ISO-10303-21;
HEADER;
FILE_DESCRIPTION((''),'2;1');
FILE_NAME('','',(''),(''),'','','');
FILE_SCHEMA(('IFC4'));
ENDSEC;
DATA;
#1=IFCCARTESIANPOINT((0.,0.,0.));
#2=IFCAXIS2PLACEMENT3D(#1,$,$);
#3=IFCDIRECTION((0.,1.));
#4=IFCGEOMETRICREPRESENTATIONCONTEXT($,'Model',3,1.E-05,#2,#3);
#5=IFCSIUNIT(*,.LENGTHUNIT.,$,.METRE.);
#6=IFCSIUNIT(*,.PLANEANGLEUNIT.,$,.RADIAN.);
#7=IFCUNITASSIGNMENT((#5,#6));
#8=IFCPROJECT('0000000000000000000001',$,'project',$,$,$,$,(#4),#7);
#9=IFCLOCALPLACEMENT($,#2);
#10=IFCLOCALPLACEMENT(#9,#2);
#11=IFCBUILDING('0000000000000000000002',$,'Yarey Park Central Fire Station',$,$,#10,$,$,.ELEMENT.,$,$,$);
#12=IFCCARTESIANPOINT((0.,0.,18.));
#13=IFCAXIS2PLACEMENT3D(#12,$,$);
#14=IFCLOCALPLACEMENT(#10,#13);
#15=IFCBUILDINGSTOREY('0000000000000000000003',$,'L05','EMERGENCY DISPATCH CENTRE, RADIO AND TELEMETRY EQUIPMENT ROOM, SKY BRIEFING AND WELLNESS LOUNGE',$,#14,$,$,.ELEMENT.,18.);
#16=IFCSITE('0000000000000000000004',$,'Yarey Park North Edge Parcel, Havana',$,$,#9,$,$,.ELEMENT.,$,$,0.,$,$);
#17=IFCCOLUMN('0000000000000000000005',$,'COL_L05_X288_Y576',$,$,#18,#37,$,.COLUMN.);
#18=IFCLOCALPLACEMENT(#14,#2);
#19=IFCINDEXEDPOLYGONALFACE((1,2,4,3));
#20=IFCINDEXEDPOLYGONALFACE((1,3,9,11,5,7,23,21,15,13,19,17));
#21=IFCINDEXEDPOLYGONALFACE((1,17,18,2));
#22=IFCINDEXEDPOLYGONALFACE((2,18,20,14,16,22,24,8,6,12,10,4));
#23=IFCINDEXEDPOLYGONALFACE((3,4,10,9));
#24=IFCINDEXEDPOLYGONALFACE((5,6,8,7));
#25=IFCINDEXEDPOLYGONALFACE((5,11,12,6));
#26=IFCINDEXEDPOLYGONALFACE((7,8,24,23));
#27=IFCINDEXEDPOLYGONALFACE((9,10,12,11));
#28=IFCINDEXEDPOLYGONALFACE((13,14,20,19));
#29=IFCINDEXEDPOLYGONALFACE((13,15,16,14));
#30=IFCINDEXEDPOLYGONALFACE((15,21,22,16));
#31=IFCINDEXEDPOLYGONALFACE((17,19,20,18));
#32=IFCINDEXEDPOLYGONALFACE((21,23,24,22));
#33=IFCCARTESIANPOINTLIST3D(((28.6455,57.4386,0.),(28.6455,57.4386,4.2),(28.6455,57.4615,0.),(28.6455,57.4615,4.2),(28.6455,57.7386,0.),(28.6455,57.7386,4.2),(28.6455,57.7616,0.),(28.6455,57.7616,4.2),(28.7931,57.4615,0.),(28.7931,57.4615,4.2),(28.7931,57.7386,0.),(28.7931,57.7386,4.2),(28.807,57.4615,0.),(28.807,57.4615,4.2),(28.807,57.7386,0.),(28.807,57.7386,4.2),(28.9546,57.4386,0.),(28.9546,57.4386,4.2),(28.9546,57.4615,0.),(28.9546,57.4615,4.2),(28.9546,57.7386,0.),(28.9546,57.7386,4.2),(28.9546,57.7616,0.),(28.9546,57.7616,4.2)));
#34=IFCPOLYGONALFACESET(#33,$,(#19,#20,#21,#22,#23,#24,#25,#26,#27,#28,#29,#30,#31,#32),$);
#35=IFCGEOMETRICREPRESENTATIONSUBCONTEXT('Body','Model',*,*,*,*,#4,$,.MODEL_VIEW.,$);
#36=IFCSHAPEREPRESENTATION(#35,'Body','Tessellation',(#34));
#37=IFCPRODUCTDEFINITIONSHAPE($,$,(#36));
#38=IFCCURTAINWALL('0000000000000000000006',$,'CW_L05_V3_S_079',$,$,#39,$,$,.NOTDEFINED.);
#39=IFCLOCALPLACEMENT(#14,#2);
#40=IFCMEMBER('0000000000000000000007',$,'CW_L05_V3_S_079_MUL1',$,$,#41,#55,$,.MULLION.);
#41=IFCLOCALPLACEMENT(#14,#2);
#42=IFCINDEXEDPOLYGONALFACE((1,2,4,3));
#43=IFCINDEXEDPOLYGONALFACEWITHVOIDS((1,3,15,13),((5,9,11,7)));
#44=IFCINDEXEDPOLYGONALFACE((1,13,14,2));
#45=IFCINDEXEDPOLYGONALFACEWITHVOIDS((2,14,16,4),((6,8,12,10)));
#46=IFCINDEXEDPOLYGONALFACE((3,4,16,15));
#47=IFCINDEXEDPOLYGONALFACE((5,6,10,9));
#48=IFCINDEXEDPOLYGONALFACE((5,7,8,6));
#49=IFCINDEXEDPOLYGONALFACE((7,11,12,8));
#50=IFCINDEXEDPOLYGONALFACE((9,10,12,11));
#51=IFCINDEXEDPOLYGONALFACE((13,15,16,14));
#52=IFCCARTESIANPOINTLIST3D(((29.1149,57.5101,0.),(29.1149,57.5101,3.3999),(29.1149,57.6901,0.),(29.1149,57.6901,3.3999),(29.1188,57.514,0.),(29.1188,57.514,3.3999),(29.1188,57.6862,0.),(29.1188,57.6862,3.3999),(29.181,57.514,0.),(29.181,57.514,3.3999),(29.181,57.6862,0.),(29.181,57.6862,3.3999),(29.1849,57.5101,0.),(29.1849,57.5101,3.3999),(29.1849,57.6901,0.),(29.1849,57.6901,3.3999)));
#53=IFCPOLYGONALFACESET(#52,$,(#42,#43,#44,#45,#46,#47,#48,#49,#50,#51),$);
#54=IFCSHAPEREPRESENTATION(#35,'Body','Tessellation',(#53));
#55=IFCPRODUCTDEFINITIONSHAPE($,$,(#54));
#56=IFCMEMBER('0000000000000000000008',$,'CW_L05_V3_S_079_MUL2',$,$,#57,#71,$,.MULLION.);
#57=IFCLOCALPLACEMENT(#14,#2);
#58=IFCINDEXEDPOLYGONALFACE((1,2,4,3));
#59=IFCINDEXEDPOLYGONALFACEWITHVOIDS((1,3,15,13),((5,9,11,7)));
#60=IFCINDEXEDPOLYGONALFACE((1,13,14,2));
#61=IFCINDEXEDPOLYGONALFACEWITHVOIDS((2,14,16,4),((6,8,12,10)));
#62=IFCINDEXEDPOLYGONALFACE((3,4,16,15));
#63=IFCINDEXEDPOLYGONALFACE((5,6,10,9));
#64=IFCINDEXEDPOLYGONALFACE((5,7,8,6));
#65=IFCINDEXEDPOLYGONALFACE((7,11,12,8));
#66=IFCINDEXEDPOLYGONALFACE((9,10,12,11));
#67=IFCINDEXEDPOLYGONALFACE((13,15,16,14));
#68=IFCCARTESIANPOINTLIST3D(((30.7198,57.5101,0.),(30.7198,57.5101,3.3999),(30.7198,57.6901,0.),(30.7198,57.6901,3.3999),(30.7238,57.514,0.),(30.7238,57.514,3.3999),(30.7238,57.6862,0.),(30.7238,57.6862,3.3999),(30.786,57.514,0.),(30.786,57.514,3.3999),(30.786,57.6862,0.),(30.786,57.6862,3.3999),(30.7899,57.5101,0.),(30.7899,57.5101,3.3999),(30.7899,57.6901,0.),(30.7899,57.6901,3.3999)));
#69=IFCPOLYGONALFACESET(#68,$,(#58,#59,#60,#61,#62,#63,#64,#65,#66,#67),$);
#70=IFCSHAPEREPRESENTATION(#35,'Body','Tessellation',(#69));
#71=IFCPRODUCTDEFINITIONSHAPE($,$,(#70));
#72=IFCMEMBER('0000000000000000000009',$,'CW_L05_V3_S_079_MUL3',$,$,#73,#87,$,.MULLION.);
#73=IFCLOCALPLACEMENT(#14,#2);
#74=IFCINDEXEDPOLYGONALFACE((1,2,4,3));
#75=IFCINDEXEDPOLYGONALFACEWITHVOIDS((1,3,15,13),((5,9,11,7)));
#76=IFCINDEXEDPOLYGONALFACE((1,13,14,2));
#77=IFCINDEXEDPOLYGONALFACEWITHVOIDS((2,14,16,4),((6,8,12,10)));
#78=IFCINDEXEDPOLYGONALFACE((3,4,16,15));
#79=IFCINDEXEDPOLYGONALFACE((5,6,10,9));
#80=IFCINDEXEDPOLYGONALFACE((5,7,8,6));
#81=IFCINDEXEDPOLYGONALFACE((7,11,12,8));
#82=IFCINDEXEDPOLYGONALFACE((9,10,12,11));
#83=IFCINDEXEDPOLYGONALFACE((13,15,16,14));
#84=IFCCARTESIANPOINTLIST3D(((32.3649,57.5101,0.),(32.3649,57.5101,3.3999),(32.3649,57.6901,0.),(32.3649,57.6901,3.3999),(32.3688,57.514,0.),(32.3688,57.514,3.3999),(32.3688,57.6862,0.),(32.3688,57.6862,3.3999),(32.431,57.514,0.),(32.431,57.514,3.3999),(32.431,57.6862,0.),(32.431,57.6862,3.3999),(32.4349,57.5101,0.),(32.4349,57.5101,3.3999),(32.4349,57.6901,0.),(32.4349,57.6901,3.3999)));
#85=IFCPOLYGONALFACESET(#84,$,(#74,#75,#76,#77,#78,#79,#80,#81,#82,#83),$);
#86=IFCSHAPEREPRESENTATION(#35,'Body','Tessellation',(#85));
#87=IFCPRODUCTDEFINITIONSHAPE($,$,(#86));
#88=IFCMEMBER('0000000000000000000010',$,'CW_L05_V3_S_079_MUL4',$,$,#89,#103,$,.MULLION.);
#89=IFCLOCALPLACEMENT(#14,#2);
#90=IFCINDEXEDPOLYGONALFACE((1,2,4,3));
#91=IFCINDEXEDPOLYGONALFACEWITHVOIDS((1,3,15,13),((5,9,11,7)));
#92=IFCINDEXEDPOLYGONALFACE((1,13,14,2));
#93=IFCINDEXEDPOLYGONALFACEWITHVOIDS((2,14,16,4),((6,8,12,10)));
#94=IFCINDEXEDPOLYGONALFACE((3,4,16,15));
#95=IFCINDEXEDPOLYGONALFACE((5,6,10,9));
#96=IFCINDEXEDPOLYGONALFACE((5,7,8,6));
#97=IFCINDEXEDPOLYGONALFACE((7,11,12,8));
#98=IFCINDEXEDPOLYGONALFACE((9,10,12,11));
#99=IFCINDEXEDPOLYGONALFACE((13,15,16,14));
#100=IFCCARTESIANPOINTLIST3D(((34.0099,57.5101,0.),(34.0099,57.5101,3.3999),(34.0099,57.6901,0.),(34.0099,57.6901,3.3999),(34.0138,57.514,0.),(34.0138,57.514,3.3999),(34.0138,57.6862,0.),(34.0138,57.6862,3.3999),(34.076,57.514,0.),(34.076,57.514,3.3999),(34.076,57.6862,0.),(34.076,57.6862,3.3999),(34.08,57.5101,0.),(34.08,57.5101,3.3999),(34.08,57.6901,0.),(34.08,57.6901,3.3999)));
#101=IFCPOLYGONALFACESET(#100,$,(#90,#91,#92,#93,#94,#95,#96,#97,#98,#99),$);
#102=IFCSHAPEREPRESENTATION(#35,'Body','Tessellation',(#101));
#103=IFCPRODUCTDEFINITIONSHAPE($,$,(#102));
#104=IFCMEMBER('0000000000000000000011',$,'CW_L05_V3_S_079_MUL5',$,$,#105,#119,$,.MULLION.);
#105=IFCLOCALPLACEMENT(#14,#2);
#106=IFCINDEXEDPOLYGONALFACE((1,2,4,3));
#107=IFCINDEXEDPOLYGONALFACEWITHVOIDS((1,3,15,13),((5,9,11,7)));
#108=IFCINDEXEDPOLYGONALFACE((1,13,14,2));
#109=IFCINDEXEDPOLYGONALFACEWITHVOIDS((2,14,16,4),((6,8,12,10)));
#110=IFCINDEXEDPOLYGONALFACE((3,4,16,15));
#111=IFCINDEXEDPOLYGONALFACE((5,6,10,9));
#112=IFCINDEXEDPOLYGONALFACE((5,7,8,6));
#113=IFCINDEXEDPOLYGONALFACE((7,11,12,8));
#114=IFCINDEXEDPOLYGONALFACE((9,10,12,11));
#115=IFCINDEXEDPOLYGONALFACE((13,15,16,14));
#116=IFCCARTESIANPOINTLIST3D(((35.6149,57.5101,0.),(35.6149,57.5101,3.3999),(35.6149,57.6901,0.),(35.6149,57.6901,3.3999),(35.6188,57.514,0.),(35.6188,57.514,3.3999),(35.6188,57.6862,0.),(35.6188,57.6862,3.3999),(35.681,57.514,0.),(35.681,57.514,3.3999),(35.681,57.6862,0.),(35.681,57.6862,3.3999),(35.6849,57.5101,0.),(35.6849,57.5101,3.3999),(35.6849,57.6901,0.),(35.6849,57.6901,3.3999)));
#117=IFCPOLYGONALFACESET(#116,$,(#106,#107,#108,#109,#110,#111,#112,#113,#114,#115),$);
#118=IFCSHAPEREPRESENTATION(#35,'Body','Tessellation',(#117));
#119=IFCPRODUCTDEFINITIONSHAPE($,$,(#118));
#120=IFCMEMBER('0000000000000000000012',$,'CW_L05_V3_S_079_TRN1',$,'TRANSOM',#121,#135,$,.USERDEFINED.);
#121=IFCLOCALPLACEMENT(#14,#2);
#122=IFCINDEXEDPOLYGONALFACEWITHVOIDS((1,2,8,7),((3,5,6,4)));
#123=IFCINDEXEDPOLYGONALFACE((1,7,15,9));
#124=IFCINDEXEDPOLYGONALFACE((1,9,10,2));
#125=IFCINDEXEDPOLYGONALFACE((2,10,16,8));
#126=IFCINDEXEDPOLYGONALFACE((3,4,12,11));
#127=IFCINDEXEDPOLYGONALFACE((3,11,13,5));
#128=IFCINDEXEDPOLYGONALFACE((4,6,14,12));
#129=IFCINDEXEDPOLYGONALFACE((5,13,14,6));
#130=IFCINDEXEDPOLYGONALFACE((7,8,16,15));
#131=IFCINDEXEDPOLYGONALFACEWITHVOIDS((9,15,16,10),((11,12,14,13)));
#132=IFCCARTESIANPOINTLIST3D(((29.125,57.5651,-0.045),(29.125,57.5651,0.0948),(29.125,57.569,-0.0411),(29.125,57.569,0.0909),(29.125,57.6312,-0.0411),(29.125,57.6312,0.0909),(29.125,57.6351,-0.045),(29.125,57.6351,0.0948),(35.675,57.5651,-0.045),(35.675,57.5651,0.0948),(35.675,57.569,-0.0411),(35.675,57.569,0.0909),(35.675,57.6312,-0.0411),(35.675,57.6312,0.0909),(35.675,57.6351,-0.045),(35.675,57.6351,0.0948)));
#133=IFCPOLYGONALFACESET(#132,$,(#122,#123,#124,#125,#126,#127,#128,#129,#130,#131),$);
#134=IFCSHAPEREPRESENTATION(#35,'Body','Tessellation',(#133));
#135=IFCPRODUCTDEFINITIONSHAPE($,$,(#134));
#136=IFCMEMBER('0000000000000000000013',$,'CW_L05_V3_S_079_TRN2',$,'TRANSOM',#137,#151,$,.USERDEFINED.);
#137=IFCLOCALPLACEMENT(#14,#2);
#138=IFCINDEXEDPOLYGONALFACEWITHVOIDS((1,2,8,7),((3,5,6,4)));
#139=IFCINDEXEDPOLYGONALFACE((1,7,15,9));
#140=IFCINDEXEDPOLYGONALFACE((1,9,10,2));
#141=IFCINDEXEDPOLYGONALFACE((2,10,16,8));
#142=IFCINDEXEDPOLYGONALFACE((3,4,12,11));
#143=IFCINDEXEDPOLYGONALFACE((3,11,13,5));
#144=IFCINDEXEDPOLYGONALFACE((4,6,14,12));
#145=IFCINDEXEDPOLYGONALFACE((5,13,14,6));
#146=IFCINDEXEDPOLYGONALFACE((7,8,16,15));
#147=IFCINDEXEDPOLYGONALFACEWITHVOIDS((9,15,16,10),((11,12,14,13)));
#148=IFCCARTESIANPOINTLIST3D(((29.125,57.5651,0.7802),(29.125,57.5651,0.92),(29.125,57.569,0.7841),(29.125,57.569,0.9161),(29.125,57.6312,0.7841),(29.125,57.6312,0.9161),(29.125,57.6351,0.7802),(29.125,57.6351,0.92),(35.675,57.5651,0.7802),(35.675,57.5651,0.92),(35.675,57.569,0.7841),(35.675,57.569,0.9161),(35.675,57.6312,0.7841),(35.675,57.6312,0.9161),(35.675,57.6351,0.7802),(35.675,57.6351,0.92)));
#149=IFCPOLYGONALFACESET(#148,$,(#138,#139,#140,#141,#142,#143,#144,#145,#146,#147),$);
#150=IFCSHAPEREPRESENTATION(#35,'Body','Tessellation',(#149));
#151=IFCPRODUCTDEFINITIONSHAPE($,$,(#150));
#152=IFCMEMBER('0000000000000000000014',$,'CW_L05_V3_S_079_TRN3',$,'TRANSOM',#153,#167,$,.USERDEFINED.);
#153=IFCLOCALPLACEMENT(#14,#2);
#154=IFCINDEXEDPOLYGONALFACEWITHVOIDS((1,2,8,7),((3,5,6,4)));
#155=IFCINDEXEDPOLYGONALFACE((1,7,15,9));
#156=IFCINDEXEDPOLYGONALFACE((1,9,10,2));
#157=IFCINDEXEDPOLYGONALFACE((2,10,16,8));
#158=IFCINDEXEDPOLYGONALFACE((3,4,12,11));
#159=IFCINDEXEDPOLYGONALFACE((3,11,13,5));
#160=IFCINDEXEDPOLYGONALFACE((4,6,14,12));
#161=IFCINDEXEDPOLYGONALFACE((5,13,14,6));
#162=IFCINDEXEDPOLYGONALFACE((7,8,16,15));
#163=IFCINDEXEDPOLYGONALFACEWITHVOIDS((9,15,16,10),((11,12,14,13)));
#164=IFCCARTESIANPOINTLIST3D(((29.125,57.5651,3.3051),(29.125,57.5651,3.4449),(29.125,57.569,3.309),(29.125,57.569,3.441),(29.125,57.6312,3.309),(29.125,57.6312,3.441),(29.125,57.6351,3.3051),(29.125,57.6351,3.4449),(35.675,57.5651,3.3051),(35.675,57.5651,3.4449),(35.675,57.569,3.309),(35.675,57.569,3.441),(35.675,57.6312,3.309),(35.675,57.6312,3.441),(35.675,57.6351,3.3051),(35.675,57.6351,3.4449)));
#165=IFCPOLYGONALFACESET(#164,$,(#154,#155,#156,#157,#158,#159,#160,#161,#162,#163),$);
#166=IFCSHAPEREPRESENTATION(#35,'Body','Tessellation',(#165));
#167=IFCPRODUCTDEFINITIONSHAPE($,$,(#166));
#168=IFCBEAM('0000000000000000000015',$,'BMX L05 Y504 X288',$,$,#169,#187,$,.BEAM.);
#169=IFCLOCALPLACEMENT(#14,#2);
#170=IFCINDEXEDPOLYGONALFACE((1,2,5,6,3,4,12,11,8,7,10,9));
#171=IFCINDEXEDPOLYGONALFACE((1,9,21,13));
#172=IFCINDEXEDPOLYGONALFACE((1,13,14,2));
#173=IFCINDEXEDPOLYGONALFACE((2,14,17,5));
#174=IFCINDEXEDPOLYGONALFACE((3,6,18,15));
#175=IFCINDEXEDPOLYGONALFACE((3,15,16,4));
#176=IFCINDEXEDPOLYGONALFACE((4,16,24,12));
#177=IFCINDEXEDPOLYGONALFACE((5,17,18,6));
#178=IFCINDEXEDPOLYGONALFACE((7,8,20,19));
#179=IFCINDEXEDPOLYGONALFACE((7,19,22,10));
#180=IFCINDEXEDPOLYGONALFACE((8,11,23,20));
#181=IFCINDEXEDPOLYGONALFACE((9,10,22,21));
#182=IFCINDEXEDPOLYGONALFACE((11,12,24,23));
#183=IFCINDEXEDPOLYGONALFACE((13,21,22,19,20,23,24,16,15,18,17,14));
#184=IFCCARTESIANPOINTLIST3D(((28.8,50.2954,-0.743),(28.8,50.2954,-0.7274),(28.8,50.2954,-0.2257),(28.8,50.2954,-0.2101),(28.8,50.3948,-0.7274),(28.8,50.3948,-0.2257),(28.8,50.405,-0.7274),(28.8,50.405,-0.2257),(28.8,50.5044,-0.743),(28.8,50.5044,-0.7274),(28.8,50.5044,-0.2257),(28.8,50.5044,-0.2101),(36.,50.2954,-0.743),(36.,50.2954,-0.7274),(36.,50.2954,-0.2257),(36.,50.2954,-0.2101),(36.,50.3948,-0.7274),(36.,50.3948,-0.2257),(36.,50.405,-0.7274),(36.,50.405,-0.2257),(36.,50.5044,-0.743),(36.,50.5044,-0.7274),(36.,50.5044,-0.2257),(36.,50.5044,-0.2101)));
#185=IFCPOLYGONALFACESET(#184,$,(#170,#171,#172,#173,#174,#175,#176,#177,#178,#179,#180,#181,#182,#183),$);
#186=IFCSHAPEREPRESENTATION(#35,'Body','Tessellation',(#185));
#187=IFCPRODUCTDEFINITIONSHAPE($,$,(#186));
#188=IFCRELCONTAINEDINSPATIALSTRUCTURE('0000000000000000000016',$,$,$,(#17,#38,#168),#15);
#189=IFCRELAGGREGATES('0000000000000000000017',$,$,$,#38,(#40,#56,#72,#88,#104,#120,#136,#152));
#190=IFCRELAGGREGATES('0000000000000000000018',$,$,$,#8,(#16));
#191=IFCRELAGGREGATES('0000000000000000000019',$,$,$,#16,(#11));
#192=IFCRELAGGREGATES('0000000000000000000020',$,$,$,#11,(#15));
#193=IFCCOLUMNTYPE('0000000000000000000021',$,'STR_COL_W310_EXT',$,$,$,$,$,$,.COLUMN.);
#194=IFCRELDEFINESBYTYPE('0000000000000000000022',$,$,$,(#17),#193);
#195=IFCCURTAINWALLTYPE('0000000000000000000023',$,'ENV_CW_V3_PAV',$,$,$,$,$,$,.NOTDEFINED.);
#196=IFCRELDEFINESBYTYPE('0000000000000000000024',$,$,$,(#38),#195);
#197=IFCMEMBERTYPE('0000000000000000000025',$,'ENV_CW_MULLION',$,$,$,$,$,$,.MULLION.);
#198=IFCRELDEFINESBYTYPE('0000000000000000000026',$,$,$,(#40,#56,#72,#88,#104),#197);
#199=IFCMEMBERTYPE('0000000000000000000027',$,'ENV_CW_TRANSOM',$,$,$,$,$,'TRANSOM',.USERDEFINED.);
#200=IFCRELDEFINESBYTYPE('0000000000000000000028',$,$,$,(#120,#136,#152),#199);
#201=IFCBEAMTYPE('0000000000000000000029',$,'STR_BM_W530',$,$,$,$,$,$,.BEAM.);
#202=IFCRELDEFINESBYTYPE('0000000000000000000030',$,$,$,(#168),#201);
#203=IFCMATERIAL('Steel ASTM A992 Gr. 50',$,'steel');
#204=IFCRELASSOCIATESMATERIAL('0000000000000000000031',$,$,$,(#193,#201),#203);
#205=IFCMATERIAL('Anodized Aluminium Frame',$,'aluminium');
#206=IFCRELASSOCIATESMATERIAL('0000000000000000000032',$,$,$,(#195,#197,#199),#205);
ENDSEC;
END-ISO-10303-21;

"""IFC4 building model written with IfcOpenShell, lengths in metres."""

from ifc_helpers import new_model, si_unit, direction, frame, origin, origin_2d, place, context, subcontext, project, spatial, hollow_rectangle, i_section, extrude, material, material_profile, profile_set, type_object, element, aggregate, save


model = new_model("IFC4")

# Units and contexts
model_context = context("Model", 3, precision=1e-05, world=origin(), true_north=direction((0.0, 1.0)))
body_context = subcontext(model_context, "Body", "Model", "MODEL_VIEW")
ifc_project = project(units=[si_unit("LENGTHUNIT", "METRE"), si_unit("PLANEANGLEUNIT", "RADIAN")], contexts=[model_context])

# Site, building, storey
site_placement = place(None, origin())
site = spatial("IfcSite", under=ifc_project, at=site_placement, Name="Yarey Park North Edge Parcel, Havana", CompositionType="ELEMENT", RefElevation=0.0)
building_placement = place(site_placement, origin())
building = spatial("IfcBuilding", under=site, at=building_placement, Name="Yarey Park Central Fire Station", CompositionType="ELEMENT")
storey_placement = place(building_placement, frame((0.0, 0.0, 18.0)))
storey = spatial("IfcBuildingStorey", under=building, at=storey_placement, Name="L05", Description="EMERGENCY DISPATCH CENTRE, RADIO AND TELEMETRY EQUIPMENT ROOM, SKY BRIEFING AND WELLNESS LOUNGE", CompositionType="ELEMENT", Elevation=18.0)

# Column
ifc_material_1 = material(Name="Steel ASTM A992 Gr. 50", Category="steel")
ifc_material_profile_1 = material_profile(ifc_material_1, i_section(OverallWidth=0.3091, OverallDepth=0.323, WebThickness=0.0139, FlangeThickness=0.0229, at=origin_2d()), Name="W310x143")
ifc_profile_set_1 = profile_set([ifc_material_profile_1], Name="Steel ASTM A992 Gr. 50")
column_type = type_object("IfcColumnType", Name="STR_COL_W310_EXT", PredefinedType="COLUMN", material=ifc_profile_set_1)
column_placement = place(storey_placement, frame((28.8, 57.6001, 0.0), z_axis=(0.0, 0.0, 1.0), x_axis=(1.0, 0.0, 0.0)))
element("IfcColumn", 1, at=column_placement, inside=storey, type_object=column_type, Name="COL_L05_X288_Y576", PredefinedType="COLUMN", context=body_context, shape_type="SweptSolid", body=[
    extrude(i_section(OverallWidth=0.3091, OverallDepth=0.323, WebThickness=0.0139, FlangeThickness=0.0229, at=origin_2d()), origin(), (0.0, 0.0, 1.0), 4.2),
])

# Curtain wall, members
ifc_material_2 = material(Name="Anodized Aluminium Frame", Category="aluminium")
curtain_wall_type = type_object("IfcCurtainWallType", Name="ENV_CW_V3_PAV", PredefinedType="NOTDEFINED", material=ifc_material_2)
curtain_wall_placement = place(storey_placement, origin())
curtain_wall = element("IfcCurtainWall", 2, at=curtain_wall_placement, inside=storey, type_object=curtain_wall_type, Name="CW_L05_V3_S_079", PredefinedType="NOTDEFINED")
ifc_material_profile_2 = material_profile(ifc_material_2, hollow_rectangle(XDim=0.0701, YDim=0.1799, WallThickness=0.0039, at=origin_2d()), Name="ALU 180x70x4")
ifc_profile_set_2 = profile_set([ifc_material_profile_2], Name="Anodized Aluminium Frame")
member_type_1 = type_object("IfcMemberType", Name="ENV_CW_MULLION", PredefinedType="MULLION", material=ifc_profile_set_2)
member_1_placement = place(storey_placement, frame((29.1499, 57.6001, 0.0), z_axis=(0.0, 0.0, 1.0), x_axis=(1.0, 0.0, 0.0)))
member_1 = element("IfcMember", 3, at=member_1_placement, type_object=member_type_1, Name="CW_L05_V3_S_079_MUL1", PredefinedType="MULLION", context=body_context, shape_type="SweptSolid", body=[
    extrude(hollow_rectangle(XDim=0.0701, YDim=0.1799, WallThickness=0.0039, at=origin_2d()), origin(), (0.0, 0.0, 1.0), 3.3999),
])
member_2_placement = place(storey_placement, frame((30.7549, 57.6001, 0.0), z_axis=(0.0, 0.0, 1.0), x_axis=(1.0, 0.0, 0.0)))
member_2 = element("IfcMember", 4, at=member_2_placement, type_object=member_type_1, Name="CW_L05_V3_S_079_MUL2", PredefinedType="MULLION", context=body_context, shape_type="SweptSolid", body=[
    extrude(hollow_rectangle(XDim=0.0701, YDim=0.1799, WallThickness=0.0039, at=origin_2d()), origin(), (0.0, 0.0, 1.0), 3.3999),
])
member_3_placement = place(storey_placement, frame((32.3999, 57.6001, 0.0), z_axis=(0.0, 0.0, 1.0), x_axis=(1.0, 0.0, 0.0)))
member_3 = element("IfcMember", 5, at=member_3_placement, type_object=member_type_1, Name="CW_L05_V3_S_079_MUL3", PredefinedType="MULLION", context=body_context, shape_type="SweptSolid", body=[
    extrude(hollow_rectangle(XDim=0.0701, YDim=0.1799, WallThickness=0.0039, at=origin_2d()), origin(), (0.0, 0.0, 1.0), 3.3999),
])
member_4_placement = place(storey_placement, frame((34.0449, 57.6001, 0.0), z_axis=(0.0, 0.0, 1.0), x_axis=(1.0, 0.0, 0.0)))
member_4 = element("IfcMember", 6, at=member_4_placement, type_object=member_type_1, Name="CW_L05_V3_S_079_MUL4", PredefinedType="MULLION", context=body_context, shape_type="SweptSolid", body=[
    extrude(hollow_rectangle(XDim=0.0701, YDim=0.1799, WallThickness=0.0039, at=origin_2d()), origin(), (0.0, 0.0, 1.0), 3.3999),
])
member_5_placement = place(storey_placement, frame((35.6499, 57.6001, 0.0), z_axis=(0.0, 0.0, 1.0), x_axis=(1.0, 0.0, 0.0)))
member_5 = element("IfcMember", 7, at=member_5_placement, type_object=member_type_1, Name="CW_L05_V3_S_079_MUL5", PredefinedType="MULLION", context=body_context, shape_type="SweptSolid", body=[
    extrude(hollow_rectangle(XDim=0.0701, YDim=0.1799, WallThickness=0.0039, at=origin_2d()), origin(), (0.0, 0.0, 1.0), 3.3999),
])
ifc_material_profile_3 = material_profile(ifc_material_2, hollow_rectangle(XDim=0.0701, YDim=0.1399, WallThickness=0.0039, at=origin_2d()), Name="ALU 140x70x4")
ifc_profile_set_3 = profile_set([ifc_material_profile_3], Name="Anodized Aluminium Frame")
member_type_2 = type_object("IfcMemberType", Name="ENV_CW_TRANSOM", ElementType="TRANSOM", PredefinedType="USERDEFINED", material=ifc_profile_set_3)
member_6_placement = place(storey_placement, frame((29.125, 57.6001, 0.0249), z_axis=(1.0, 0.0, 0.0), x_axis=(0.0, 1.0, 0.0)))
member_6 = element("IfcMember", 8, at=member_6_placement, type_object=member_type_2, Name="CW_L05_V3_S_079_TRN1", ObjectType="TRANSOM", PredefinedType="USERDEFINED", context=body_context, shape_type="SweptSolid", body=[
    extrude(hollow_rectangle(XDim=0.0701, YDim=0.1399, WallThickness=0.0039, at=origin_2d()), origin(), (0.0, 0.0, 1.0), 6.55),
])
member_7_placement = place(storey_placement, frame((29.125, 57.6001, 0.8501), z_axis=(1.0, 0.0, 0.0), x_axis=(0.0, 1.0, 0.0)))
member_7 = element("IfcMember", 9, at=member_7_placement, type_object=member_type_2, Name="CW_L05_V3_S_079_TRN2", ObjectType="TRANSOM", PredefinedType="USERDEFINED", context=body_context, shape_type="SweptSolid", body=[
    extrude(hollow_rectangle(XDim=0.0701, YDim=0.1399, WallThickness=0.0039, at=origin_2d()), origin(), (0.0, 0.0, 1.0), 6.55),
])
member_8_placement = place(storey_placement, frame((29.125, 57.6001, 3.375), z_axis=(1.0, 0.0, 0.0), x_axis=(0.0, 1.0, 0.0)))
member_8 = element("IfcMember", 10, at=member_8_placement, type_object=member_type_2, Name="CW_L05_V3_S_079_TRN3", ObjectType="TRANSOM", PredefinedType="USERDEFINED", context=body_context, shape_type="SweptSolid", body=[
    extrude(hollow_rectangle(XDim=0.0701, YDim=0.1399, WallThickness=0.0039, at=origin_2d()), origin(), (0.0, 0.0, 1.0), 6.55),
])

# Beam
ifc_material_profile_4 = material_profile(ifc_material_1, i_section(OverallWidth=0.209, OverallDepth=0.533, WebThickness=0.0103, FlangeThickness=0.0156, at=origin_2d()), Name="W530x92")
ifc_profile_set_4 = profile_set([ifc_material_profile_4], Name="Steel ASTM A992 Gr. 50")
beam_type_1 = type_object("IfcBeamType", Name="STR_BM_W530", PredefinedType="BEAM", material=ifc_profile_set_4)
for number, where, z_axis, x_axis, name in (
    (11, (28.8, 50.3999, -0.4766), (1.0, 0.0, 0.0), (0.0, 1.0, 0.0), "BMX L05 Y504 X288"),
):
    element("IfcBeam", number, at=place(storey_placement, frame(where, z_axis=z_axis, x_axis=x_axis)), inside=storey, type_object=beam_type_1, Name=name, PredefinedType="BEAM", context=body_context, shape_type="SweptSolid", body=[
        extrude(i_section(OverallWidth=0.209, OverallDepth=0.533, WebThickness=0.0103, FlangeThickness=0.0156, at=origin_2d()), origin(), (0.0, 0.0, 1.0), 7.2),
    ])

aggregate(curtain_wall, [member_1, member_2, member_3, member_4, member_5, member_6, member_7, member_8])

save(model, "model.ifc")
